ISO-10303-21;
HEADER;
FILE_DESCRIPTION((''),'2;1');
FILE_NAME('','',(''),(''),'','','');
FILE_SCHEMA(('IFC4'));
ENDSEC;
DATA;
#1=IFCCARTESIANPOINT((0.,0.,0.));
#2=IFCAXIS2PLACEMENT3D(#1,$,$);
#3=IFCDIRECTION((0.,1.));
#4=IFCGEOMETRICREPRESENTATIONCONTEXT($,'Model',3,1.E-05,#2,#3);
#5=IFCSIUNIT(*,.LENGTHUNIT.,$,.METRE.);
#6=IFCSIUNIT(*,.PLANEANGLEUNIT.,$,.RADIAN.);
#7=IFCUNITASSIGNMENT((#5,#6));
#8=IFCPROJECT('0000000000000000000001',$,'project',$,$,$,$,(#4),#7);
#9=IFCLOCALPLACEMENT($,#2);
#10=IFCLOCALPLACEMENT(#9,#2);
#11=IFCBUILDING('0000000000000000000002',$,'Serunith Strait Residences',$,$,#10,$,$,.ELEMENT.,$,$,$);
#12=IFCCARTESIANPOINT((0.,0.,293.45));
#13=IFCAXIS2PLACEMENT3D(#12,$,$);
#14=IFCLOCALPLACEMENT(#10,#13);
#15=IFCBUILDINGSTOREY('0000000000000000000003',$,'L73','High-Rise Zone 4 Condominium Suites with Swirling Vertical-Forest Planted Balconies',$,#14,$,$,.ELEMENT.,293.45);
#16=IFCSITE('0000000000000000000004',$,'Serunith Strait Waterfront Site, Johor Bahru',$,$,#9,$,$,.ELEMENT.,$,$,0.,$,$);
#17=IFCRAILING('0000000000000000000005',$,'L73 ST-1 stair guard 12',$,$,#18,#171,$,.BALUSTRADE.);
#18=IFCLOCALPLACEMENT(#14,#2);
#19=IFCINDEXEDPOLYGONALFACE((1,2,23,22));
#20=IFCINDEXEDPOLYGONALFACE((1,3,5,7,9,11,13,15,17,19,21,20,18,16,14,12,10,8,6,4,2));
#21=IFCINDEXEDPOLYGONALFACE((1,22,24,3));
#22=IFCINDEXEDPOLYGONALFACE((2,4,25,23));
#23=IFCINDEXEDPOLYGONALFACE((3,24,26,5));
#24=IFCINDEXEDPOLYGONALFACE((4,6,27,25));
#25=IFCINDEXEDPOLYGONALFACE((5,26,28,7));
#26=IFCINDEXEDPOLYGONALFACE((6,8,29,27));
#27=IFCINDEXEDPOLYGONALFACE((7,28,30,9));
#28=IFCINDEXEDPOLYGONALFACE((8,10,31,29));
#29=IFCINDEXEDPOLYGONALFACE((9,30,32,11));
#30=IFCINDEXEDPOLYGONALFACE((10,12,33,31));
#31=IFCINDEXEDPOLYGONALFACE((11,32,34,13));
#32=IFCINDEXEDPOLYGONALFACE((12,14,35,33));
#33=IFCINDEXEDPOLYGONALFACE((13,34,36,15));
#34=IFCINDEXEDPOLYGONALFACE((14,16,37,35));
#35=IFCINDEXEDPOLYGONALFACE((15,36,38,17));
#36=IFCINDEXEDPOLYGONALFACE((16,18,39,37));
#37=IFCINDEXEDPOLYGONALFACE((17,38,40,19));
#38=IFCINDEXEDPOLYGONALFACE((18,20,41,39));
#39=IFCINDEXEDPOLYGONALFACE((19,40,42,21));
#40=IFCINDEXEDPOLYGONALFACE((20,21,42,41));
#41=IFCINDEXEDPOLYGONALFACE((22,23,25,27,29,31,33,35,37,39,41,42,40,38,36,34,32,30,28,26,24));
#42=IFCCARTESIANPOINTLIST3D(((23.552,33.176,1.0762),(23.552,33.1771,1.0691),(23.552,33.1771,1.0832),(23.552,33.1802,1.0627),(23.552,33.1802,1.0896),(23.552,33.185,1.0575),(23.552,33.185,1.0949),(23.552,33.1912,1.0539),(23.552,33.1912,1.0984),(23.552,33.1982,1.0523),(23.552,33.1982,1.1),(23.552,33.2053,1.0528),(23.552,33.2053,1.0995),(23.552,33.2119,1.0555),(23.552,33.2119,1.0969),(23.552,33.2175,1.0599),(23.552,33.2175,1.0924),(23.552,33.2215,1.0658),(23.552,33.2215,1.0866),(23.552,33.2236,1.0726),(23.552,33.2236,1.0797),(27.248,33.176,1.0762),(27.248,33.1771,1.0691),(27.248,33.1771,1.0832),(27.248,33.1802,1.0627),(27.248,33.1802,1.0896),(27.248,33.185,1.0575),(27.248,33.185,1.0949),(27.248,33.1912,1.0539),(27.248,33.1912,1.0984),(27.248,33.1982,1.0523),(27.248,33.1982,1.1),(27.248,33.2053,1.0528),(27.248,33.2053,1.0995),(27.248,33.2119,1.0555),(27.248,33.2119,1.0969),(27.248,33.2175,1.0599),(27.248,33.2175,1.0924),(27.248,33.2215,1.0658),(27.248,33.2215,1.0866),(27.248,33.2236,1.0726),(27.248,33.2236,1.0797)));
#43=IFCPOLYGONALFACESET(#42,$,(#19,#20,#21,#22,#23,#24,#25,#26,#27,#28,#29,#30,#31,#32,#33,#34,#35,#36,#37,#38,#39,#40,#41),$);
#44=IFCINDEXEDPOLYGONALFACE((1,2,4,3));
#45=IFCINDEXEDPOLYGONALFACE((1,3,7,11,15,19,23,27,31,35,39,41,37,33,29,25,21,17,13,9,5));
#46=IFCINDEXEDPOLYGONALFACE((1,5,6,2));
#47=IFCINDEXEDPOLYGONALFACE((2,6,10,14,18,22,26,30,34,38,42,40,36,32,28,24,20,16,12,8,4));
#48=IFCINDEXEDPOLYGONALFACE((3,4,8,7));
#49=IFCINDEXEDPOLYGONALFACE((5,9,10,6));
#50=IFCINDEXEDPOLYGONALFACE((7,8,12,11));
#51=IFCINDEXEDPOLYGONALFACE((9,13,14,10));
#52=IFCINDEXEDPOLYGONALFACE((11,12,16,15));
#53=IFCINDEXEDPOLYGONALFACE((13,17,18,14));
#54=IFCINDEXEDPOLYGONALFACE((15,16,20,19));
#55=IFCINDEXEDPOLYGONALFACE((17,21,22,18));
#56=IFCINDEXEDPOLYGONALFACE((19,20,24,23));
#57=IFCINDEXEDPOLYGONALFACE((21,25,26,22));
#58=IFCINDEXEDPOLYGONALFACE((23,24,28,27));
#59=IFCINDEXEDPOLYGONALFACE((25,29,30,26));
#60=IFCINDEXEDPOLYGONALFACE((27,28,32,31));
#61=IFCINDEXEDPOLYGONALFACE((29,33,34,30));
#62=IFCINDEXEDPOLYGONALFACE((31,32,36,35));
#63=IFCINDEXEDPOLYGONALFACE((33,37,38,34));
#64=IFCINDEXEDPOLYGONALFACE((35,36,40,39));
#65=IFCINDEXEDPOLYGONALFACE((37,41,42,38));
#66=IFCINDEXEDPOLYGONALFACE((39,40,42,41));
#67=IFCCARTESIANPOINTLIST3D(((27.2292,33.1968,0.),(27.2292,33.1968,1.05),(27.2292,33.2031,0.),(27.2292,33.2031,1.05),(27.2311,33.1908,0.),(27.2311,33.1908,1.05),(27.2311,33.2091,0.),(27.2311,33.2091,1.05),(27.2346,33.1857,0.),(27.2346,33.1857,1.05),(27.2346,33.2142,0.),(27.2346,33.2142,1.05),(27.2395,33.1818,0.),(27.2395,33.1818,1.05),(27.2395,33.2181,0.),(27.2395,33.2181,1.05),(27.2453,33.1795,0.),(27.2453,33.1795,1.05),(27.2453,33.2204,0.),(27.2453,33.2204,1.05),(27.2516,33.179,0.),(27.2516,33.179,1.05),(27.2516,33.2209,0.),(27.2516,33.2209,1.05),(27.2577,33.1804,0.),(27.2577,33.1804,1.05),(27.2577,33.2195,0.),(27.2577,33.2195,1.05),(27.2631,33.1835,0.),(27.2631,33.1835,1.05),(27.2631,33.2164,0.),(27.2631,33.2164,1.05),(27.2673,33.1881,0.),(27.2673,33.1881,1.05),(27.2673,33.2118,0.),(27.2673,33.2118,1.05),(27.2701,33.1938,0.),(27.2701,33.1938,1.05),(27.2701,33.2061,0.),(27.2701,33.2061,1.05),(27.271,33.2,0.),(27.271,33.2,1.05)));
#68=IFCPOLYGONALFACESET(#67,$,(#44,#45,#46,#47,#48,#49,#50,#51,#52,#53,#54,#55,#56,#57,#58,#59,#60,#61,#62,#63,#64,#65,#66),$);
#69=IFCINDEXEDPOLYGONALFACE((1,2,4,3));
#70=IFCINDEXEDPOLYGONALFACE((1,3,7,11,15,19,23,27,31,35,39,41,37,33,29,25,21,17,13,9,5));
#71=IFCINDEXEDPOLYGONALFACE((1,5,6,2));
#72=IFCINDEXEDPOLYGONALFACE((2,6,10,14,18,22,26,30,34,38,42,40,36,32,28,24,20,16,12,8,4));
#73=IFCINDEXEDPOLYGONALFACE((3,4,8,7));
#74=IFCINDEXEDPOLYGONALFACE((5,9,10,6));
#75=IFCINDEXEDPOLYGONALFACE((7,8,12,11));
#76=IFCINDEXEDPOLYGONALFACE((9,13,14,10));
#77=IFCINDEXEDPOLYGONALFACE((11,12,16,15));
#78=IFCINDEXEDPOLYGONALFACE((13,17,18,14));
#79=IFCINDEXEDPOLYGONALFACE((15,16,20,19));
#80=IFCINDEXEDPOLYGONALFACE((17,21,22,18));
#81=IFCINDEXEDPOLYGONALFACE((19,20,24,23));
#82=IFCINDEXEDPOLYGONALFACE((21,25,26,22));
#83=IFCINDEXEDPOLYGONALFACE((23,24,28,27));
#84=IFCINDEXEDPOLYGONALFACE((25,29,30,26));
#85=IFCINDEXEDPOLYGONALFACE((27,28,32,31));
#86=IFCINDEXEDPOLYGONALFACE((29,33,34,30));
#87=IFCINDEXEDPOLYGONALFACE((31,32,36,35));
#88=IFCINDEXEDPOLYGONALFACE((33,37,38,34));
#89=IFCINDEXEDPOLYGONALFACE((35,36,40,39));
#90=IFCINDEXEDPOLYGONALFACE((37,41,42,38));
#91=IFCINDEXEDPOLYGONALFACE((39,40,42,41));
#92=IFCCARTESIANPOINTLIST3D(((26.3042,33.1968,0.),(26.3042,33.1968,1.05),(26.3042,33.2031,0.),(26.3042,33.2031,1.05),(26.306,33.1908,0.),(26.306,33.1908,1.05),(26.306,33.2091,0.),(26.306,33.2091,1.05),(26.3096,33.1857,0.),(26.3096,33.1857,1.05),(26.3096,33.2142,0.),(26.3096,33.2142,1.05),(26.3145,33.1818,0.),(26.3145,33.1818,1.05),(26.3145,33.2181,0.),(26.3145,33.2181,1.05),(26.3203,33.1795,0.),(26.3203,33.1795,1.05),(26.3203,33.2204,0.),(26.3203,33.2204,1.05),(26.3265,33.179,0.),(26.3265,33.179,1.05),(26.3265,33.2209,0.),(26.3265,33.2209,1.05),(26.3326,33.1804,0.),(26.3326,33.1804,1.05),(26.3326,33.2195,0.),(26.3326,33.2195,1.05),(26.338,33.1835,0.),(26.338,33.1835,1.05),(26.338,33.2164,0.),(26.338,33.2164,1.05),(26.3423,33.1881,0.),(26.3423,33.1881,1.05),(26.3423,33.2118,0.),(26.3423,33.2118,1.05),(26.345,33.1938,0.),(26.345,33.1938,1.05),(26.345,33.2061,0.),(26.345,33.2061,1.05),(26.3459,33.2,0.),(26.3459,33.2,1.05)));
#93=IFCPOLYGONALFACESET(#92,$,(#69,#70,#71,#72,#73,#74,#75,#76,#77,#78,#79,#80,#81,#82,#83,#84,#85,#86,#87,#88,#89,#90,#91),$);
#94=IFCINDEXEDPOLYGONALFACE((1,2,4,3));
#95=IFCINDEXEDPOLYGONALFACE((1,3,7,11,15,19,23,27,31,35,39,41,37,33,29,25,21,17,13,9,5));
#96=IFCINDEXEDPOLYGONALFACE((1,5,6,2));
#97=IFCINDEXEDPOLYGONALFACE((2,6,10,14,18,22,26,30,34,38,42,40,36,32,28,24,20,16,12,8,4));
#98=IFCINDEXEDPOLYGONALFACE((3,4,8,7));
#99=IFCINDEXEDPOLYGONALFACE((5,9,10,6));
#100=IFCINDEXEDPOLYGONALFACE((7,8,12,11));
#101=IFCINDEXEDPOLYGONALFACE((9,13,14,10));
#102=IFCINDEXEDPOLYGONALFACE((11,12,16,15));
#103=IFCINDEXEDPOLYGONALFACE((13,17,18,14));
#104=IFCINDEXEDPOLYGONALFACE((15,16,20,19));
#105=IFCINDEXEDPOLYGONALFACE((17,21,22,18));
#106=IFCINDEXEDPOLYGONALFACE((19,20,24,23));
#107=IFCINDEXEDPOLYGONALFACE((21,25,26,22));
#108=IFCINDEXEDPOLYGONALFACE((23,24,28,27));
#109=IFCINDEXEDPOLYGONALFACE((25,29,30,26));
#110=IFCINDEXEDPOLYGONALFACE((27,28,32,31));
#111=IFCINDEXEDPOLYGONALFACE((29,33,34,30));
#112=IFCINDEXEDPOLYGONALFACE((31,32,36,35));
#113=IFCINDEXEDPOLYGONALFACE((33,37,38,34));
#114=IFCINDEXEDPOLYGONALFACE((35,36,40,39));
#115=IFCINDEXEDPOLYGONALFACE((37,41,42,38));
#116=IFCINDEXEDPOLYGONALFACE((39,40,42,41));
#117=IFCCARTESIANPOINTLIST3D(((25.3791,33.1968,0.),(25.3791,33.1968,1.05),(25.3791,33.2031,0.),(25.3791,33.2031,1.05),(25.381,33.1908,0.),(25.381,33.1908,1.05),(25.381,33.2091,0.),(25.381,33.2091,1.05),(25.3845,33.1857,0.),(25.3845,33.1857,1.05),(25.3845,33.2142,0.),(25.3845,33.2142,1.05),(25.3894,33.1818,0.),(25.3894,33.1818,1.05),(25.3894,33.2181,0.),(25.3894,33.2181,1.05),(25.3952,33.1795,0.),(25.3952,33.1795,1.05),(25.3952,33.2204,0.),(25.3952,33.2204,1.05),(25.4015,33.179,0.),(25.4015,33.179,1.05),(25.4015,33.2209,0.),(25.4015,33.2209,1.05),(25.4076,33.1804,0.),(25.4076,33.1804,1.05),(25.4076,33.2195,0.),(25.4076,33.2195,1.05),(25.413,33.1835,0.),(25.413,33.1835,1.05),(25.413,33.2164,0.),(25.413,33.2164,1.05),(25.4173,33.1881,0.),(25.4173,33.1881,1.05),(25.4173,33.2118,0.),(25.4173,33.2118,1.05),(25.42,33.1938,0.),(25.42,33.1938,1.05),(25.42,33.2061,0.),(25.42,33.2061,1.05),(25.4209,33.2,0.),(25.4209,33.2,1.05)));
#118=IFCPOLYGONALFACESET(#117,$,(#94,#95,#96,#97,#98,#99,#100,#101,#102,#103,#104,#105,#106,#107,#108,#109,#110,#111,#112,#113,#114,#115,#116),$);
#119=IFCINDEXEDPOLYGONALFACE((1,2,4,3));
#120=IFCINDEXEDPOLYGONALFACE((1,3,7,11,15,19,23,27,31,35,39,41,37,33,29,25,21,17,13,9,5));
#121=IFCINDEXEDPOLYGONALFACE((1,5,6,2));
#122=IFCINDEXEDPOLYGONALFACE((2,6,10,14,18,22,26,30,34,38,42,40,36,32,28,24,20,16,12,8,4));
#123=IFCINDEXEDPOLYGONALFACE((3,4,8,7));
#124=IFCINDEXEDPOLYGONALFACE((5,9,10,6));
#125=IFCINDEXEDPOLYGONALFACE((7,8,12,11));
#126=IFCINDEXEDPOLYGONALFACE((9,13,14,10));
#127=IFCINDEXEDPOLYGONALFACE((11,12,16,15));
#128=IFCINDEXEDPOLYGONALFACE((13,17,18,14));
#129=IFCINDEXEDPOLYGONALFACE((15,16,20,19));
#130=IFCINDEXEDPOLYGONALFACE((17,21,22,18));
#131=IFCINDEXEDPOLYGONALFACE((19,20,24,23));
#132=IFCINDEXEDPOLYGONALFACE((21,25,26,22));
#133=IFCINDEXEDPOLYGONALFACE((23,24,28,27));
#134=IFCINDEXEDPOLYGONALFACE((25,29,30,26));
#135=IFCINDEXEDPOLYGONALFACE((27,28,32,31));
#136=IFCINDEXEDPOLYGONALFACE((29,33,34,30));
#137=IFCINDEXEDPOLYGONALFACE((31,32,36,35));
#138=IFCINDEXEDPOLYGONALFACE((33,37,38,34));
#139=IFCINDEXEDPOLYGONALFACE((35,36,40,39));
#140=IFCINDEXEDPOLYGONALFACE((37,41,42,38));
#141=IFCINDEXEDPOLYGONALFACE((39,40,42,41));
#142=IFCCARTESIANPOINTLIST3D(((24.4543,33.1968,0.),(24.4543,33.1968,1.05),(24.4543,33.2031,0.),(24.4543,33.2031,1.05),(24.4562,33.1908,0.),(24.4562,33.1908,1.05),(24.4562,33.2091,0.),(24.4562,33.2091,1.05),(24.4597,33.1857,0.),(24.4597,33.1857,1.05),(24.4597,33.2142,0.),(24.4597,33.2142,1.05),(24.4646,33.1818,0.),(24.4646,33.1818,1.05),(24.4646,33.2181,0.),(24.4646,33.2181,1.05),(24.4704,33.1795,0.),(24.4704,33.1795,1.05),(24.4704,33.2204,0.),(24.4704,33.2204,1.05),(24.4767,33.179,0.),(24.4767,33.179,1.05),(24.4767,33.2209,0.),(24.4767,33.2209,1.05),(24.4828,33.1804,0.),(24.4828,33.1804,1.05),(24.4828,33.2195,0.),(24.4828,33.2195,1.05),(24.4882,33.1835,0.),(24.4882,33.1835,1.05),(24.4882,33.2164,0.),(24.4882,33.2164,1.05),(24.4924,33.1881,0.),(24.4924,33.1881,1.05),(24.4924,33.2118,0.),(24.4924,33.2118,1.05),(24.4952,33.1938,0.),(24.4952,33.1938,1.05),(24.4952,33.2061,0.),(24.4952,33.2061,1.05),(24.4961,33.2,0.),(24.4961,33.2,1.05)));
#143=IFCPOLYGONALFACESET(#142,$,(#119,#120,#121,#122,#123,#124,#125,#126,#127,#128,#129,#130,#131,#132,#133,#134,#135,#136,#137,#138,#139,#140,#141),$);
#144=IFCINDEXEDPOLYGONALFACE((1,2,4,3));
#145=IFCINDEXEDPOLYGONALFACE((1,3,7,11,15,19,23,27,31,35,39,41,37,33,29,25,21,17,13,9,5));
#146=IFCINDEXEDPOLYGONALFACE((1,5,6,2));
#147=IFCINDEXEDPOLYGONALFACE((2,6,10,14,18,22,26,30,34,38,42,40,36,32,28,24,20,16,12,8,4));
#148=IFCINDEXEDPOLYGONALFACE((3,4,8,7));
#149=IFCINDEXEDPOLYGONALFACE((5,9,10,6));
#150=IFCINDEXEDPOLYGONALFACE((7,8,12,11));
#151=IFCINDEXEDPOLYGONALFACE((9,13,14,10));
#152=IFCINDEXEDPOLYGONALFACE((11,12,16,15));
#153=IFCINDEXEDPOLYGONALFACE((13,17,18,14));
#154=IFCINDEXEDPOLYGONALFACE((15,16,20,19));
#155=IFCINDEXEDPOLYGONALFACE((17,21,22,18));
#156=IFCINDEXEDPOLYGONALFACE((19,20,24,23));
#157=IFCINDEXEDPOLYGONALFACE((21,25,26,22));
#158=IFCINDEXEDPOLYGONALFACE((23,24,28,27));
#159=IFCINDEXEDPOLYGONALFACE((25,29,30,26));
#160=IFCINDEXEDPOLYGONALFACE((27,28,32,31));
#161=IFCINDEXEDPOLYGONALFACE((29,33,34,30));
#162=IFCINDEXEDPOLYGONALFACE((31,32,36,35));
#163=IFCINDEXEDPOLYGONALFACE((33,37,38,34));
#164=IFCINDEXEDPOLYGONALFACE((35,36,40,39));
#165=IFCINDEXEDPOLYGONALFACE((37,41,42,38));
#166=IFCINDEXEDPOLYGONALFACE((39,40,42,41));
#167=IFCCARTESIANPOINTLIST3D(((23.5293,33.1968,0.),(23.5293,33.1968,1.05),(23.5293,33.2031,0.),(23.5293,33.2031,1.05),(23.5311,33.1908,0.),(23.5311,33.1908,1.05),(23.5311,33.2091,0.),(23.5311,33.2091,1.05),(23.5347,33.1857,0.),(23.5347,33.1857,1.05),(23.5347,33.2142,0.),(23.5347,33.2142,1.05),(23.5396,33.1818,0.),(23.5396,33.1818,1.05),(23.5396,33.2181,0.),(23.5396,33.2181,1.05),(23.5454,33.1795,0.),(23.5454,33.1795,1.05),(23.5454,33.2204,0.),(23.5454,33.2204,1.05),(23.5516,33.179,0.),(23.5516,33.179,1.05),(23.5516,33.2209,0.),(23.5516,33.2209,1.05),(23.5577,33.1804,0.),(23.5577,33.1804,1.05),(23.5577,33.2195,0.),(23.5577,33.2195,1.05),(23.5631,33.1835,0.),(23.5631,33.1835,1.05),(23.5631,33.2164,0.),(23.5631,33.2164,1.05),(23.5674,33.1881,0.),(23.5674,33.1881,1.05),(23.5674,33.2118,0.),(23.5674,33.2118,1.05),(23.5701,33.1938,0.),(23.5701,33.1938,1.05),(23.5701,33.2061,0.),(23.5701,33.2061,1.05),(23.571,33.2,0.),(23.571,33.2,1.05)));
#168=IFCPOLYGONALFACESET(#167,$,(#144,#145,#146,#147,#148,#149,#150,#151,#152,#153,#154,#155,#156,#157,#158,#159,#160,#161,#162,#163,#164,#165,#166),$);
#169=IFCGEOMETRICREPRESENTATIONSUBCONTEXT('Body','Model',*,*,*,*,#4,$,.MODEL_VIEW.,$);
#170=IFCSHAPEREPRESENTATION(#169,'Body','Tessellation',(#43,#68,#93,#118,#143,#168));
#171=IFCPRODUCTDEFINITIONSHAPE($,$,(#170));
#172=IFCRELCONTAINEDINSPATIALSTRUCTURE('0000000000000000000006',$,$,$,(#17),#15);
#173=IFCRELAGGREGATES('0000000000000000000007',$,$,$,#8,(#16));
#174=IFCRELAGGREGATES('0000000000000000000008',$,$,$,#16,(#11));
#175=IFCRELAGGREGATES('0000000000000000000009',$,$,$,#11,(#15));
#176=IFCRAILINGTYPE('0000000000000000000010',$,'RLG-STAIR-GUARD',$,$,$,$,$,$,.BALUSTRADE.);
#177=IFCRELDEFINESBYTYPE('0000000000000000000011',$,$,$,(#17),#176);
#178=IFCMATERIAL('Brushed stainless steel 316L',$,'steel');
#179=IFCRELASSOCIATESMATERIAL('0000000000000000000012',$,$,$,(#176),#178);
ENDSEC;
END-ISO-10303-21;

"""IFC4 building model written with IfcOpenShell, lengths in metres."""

from ifc_helpers import new_model, si_unit, direction, frame, origin, origin_2d, place, context, subcontext, project, spatial, circle, extrude, material, type_object, element, save


model = new_model("IFC4")

# Units and contexts
model_context = context("Model", 3, precision=1e-05, world=origin(), true_north=direction((0.0, 1.0)))
body_context = subcontext(model_context, "Body", "Model", "MODEL_VIEW")
ifc_project = project(units=[si_unit("LENGTHUNIT", "METRE"), si_unit("PLANEANGLEUNIT", "RADIAN")], contexts=[model_context])

# Site, building, storey
site_placement = place(None, origin())
site = spatial("IfcSite", under=ifc_project, at=site_placement, Name="Serunith Strait Waterfront Site, Johor Bahru", CompositionType="ELEMENT", RefElevation=0.0)
building_placement = place(site_placement, origin())
building = spatial("IfcBuilding", under=site, at=building_placement, Name="Serunith Strait Residences", CompositionType="ELEMENT")
storey_placement = place(building_placement, frame((0.0, 0.0, 293.45)))
storey = spatial("IfcBuildingStorey", under=building, at=storey_placement, Name="L73", Description="High-Rise Zone 4 Condominium Suites with Swirling Vertical-Forest Planted Balconies", CompositionType="ELEMENT", Elevation=293.45)

# Railing
ifc_material_1 = material(Name="Brushed stainless steel 316L", Category="steel")
railing_type_1 = type_object("IfcRailingType", Name="RLG-STAIR-GUARD", PredefinedType="BALUSTRADE", material=ifc_material_1)
railing_1_placement = place(storey_placement, frame((27.25, 33.2, 0.0)))
element("IfcRailing", 1, at=railing_1_placement, inside=storey, type_object=railing_type_1, Name="L73 ST-1 stair guard 12", PredefinedType="BALUSTRADE", context=body_context, shape_type="SweptSolid", body=[
    extrude(circle(Radius=0.0239, at=origin_2d()), frame((-0.002, 0.0, 1.0762), z_axis=(-1.0, 0.0, 0.0), x_axis=(0.0, -1.0, 0.0)), (0.0, 0.0, 1.0), 3.696),
    extrude(circle(Radius=0.021, at=origin_2d()), origin(), (0.0, 0.0, 1.0), 1.05),
    extrude(circle(Radius=0.021, at=origin_2d()), frame((-0.925, 0.0, 0.0)), (0.0, 0.0, 1.0), 1.05),
    extrude(circle(Radius=0.021, at=origin_2d()), frame((-1.8501, 0.0, 0.0)), (0.0, 0.0, 1.0), 1.05),
    extrude(circle(Radius=0.021, at=origin_2d()), frame((-2.7749, 0.0, 0.0)), (0.0, 0.0, 1.0), 1.05),
    extrude(circle(Radius=0.021, at=origin_2d()), frame((-3.7, 0.0, 0.0)), (0.0, 0.0, 1.0), 1.05),
])

save(model, "model.ifc")
